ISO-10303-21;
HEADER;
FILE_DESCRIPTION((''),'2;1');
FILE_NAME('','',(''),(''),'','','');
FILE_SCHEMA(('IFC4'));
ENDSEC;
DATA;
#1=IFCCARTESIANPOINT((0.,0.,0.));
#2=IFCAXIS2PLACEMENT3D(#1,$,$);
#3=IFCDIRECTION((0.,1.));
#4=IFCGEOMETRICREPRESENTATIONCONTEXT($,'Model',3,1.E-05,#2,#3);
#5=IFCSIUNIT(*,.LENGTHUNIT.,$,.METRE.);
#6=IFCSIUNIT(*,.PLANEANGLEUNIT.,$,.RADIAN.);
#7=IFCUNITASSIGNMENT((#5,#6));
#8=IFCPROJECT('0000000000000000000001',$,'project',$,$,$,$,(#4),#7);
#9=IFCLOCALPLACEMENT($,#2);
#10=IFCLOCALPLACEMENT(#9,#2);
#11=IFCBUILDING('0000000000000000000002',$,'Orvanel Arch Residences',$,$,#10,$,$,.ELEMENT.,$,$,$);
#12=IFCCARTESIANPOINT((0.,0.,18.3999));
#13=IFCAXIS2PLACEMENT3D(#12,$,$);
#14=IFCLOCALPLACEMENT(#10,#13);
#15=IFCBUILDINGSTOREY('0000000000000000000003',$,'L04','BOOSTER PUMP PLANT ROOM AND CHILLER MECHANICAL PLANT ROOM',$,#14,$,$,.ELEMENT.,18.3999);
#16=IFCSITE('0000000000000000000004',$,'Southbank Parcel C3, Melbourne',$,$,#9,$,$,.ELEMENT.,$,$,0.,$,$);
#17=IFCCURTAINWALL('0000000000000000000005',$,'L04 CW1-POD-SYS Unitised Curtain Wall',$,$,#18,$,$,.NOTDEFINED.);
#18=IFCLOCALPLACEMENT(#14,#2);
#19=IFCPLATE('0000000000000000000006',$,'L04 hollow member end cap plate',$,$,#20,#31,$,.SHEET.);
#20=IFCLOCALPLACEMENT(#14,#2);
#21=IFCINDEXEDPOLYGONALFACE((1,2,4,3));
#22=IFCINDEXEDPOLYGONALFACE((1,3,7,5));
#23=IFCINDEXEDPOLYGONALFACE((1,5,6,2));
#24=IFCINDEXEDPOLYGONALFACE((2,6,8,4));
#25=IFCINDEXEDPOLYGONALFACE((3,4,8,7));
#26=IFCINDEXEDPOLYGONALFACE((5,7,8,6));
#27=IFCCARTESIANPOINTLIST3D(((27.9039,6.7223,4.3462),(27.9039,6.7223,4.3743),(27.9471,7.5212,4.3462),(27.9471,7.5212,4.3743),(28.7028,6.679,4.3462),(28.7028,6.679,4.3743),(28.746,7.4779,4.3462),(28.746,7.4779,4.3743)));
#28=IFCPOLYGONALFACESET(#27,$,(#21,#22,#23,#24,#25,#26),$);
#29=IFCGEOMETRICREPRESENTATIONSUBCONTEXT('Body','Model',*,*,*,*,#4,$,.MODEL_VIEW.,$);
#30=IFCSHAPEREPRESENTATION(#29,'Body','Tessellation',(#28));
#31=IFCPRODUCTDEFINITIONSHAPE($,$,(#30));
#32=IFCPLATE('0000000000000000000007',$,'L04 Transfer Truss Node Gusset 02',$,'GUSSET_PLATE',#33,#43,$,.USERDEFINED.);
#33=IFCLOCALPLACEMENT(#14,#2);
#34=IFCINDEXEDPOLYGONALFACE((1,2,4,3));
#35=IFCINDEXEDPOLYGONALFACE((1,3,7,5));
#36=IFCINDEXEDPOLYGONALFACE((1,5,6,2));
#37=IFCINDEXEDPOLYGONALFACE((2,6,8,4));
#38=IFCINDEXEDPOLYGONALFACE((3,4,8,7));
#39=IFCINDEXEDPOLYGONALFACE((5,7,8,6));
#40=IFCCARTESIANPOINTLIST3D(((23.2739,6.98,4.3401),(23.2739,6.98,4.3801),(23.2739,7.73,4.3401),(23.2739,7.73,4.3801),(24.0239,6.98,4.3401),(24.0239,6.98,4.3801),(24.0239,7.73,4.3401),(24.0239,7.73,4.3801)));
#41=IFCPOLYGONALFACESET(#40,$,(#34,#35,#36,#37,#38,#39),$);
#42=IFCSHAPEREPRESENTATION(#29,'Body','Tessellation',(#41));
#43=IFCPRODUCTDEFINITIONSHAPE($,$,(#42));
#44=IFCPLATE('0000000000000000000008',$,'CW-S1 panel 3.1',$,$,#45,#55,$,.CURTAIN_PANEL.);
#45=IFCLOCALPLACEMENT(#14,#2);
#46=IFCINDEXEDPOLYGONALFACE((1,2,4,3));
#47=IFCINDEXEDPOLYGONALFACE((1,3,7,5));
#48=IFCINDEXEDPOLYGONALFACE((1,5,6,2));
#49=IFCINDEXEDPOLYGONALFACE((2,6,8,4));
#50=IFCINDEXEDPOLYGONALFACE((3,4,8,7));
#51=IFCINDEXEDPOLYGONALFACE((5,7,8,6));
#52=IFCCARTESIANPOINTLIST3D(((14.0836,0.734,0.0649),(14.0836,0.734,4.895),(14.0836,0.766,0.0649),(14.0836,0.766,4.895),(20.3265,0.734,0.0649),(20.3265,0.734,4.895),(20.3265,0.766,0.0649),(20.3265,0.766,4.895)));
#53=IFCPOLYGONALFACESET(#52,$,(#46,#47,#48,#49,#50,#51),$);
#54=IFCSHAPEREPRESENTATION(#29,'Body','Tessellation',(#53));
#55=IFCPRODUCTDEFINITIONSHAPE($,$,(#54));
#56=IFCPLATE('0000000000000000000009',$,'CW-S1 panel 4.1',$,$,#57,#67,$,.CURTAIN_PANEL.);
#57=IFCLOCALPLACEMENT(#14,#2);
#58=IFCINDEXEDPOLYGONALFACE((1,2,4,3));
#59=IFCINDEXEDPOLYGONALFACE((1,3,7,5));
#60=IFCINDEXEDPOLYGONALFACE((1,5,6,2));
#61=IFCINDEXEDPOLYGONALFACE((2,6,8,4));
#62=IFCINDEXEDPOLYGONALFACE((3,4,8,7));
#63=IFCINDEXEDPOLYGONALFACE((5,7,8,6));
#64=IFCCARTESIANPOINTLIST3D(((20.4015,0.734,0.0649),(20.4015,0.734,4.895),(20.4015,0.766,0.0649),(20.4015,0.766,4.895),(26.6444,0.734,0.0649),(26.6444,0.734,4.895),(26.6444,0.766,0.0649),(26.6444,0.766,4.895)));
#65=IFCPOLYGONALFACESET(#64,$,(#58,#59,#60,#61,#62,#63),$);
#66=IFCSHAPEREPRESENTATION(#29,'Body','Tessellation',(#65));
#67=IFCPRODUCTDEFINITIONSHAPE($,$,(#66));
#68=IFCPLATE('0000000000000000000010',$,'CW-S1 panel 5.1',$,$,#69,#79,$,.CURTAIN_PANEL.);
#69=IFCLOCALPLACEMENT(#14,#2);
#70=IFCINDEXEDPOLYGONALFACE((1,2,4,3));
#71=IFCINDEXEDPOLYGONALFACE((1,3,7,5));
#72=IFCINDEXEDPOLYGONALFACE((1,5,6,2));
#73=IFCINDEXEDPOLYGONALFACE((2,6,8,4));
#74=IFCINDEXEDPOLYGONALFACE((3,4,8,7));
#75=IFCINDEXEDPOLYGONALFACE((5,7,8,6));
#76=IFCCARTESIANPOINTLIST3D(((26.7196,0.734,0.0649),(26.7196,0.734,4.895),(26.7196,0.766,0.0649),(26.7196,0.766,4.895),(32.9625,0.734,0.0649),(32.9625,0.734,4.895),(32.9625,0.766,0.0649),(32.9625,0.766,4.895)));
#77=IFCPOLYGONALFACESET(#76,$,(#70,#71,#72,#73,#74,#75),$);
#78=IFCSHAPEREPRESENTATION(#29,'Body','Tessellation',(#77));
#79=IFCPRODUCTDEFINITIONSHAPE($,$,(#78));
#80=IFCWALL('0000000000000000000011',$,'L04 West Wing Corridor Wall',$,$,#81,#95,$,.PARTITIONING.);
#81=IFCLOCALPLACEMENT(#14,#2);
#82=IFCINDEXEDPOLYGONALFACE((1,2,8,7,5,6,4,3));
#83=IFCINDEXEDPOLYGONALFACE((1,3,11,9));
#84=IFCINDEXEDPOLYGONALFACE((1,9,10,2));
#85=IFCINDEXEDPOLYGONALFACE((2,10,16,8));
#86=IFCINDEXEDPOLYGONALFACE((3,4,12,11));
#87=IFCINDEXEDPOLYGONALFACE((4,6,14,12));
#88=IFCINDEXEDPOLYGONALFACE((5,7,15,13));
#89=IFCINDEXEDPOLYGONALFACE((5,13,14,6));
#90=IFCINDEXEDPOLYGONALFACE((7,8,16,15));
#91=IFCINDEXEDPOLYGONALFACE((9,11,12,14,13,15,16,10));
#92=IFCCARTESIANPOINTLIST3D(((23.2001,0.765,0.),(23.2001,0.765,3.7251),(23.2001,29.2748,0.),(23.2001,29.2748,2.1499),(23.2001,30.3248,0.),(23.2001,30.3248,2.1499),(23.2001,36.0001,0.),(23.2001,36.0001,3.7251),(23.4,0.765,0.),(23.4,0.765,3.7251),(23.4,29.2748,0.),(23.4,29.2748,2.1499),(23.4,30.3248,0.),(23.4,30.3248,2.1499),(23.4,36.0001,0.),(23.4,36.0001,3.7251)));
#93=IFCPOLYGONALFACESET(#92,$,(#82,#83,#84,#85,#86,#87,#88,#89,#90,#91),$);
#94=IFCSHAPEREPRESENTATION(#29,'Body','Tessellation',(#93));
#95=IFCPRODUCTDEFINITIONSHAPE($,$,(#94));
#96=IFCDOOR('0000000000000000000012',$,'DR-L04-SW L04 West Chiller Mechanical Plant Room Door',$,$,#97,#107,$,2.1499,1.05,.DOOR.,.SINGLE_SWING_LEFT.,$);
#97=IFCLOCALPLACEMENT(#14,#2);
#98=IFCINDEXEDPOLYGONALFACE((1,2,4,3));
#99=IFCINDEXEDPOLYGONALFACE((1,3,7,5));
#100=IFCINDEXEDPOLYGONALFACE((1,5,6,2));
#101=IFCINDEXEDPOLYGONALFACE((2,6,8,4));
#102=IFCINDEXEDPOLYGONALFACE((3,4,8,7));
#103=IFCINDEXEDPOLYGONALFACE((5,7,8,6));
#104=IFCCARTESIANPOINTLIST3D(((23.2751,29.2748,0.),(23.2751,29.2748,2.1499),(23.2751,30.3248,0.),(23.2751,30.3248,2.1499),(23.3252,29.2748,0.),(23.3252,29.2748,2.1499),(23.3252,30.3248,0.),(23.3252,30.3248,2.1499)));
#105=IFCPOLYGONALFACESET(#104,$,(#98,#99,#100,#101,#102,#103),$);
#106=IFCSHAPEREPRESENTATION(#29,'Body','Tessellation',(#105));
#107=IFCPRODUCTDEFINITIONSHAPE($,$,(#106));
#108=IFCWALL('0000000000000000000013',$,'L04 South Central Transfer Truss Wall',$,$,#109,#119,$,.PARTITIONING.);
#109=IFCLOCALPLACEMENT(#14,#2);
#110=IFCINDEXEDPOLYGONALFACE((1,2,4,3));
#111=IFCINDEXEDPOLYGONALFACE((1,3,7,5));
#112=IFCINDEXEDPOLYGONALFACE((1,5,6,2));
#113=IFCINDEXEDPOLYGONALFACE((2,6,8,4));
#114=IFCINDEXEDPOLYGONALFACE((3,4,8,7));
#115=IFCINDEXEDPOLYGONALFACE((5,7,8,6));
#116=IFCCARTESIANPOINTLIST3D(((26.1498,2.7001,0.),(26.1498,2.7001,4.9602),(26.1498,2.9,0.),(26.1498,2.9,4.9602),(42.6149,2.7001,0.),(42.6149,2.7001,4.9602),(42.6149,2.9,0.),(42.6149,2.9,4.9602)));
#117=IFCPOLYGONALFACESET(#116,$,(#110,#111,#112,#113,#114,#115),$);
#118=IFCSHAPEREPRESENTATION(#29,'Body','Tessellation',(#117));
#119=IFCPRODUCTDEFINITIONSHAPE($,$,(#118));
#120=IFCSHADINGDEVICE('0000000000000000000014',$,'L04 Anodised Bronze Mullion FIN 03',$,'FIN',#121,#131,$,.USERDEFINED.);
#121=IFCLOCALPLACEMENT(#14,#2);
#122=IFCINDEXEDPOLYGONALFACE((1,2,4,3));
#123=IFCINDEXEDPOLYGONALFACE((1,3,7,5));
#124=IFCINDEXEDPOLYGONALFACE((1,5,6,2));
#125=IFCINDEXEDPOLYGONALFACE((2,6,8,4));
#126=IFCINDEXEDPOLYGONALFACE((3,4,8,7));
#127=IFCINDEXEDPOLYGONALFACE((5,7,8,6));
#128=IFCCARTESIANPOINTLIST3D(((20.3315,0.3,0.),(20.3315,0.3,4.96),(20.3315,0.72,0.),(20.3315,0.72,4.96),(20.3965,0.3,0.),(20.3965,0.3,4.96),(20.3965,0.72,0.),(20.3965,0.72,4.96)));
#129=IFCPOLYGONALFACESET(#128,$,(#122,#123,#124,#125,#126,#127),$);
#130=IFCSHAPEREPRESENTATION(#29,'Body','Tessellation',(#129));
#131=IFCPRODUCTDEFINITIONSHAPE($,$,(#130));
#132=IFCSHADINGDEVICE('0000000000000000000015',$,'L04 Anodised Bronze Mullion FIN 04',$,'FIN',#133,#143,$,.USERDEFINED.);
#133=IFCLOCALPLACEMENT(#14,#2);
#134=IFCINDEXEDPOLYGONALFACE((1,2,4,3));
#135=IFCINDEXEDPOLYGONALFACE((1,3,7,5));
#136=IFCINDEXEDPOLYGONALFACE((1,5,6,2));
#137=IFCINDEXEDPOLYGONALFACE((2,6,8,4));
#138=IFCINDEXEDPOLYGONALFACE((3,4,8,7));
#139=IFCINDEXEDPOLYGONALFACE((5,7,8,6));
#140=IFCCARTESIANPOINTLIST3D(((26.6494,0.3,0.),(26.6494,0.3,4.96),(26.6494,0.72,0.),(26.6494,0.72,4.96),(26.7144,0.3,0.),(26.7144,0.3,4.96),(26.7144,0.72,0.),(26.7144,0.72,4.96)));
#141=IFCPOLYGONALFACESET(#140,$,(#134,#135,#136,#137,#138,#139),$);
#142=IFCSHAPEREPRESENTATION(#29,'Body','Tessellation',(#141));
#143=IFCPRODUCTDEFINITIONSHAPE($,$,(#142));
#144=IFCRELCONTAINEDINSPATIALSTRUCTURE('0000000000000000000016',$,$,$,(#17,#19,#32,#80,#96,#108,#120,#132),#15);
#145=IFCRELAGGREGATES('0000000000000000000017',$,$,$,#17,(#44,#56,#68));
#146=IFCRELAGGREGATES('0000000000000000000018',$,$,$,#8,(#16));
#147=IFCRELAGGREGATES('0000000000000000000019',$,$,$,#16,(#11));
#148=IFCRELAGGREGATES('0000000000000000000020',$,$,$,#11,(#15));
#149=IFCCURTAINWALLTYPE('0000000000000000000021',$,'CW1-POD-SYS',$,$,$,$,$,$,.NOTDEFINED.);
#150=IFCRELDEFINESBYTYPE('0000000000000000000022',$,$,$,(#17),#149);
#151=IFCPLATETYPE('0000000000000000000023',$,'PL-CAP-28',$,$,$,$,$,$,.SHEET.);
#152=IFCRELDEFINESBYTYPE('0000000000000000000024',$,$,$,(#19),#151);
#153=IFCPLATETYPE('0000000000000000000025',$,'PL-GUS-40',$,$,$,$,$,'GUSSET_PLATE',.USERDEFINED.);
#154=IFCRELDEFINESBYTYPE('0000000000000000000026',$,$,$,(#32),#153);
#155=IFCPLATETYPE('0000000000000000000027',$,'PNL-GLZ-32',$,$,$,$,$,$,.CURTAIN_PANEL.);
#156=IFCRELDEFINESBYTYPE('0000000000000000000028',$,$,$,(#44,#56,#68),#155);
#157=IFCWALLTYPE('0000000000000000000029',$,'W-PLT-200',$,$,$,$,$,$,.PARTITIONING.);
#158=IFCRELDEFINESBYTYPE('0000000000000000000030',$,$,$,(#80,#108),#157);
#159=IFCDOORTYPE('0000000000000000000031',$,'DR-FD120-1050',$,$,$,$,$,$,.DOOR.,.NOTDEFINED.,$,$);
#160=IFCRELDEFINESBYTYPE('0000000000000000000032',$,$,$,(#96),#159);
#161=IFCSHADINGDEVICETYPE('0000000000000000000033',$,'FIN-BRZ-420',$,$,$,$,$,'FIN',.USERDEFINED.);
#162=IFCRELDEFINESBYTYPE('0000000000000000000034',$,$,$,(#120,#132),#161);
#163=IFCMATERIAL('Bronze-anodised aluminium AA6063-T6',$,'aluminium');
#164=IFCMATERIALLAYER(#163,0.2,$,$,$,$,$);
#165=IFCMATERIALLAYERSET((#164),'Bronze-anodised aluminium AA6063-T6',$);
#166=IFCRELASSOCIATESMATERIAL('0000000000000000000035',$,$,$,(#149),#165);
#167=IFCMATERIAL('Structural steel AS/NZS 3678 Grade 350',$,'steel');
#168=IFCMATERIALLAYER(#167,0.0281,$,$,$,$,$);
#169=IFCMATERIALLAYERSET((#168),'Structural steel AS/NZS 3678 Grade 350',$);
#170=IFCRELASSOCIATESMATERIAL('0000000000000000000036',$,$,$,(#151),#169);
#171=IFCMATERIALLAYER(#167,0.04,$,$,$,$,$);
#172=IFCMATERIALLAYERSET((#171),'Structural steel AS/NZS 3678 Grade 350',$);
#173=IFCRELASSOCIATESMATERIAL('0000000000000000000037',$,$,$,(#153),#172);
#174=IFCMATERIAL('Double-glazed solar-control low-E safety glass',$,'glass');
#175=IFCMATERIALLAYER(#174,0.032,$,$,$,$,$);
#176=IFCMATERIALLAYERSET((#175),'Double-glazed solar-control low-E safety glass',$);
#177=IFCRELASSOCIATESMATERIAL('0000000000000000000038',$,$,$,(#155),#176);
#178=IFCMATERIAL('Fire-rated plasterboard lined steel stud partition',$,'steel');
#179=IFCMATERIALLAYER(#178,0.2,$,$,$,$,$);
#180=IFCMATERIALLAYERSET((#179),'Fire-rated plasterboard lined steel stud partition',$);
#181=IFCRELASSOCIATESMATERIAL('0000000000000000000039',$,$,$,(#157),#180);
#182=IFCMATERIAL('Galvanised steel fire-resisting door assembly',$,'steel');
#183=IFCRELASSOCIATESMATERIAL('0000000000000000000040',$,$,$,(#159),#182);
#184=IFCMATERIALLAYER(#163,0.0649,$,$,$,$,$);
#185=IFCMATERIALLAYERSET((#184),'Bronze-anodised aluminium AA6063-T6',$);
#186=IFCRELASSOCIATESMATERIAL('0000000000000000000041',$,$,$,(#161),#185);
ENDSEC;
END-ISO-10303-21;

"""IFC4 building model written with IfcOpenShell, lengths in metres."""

from ifc_helpers import new_model, si_unit, direction, frame, frame_2d, origin, origin_2d, place, context, subcontext, project, spatial, rectangle, extrude, material, layer, layer_set, type_object, element, fill, aggregate, save


model = new_model("IFC4")

# Units and contexts
model_context = context("Model", 3, precision=1e-05, world=origin(), true_north=direction((0.0, 1.0)))
body_context = subcontext(model_context, "Body", "Model", "MODEL_VIEW")
ifc_project = project(units=[si_unit("LENGTHUNIT", "METRE"), si_unit("PLANEANGLEUNIT", "RADIAN")], contexts=[model_context])

# Site, building, storey
site_placement = place(None, origin())
site = spatial("IfcSite", under=ifc_project, at=site_placement, Name="Southbank Parcel C3, Melbourne", CompositionType="ELEMENT", RefElevation=0.0)
building_placement = place(site_placement, origin())
building = spatial("IfcBuilding", under=site, at=building_placement, Name="Orvanel Arch Residences", CompositionType="ELEMENT")
storey_placement = place(building_placement, frame((0.0, 0.0, 18.3999)))
storey = spatial("IfcBuildingStorey", under=building, at=storey_placement, Name="L04", Description="BOOSTER PUMP PLANT ROOM AND CHILLER MECHANICAL PLANT ROOM", CompositionType="ELEMENT", Elevation=18.3999)

# Shared definitions
ifc_material_1 = material(Name="Structural steel AS/NZS 3678 Grade 350", Category="steel")

# Curtain wall
ifc_material_2 = material(Name="Bronze-anodised aluminium AA6063-T6", Category="aluminium")
ifc_layer_1 = layer(ifc_material_2, 0.2)
ifc_layer_set_1 = layer_set([ifc_layer_1], Name="Bronze-anodised aluminium AA6063-T6")
curtain_wall_type = type_object("IfcCurtainWallType", Name="CW1-POD-SYS", PredefinedType="NOTDEFINED", material=ifc_layer_set_1)
curtain_wall_placement = place(storey_placement, origin())
curtain_wall = element("IfcCurtainWall", 1, at=curtain_wall_placement, inside=storey, type_object=curtain_wall_type, Name="L04 CW1-POD-SYS Unitised Curtain Wall", PredefinedType="NOTDEFINED")

# Plates
ifc_layer_2 = layer(ifc_material_1, 0.0281)
ifc_layer_set_2 = layer_set([ifc_layer_2], Name="Structural steel AS/NZS 3678 Grade 350")
plate_type_1 = type_object("IfcPlateType", Name="PL-CAP-28", PredefinedType="SHEET", material=ifc_layer_set_2)
for number, where, z_axis, x_axis, name in (
    (2, (28.325, 7.1001, 4.3462), (0.0, 0.0, 1.0), (-0.998537, 0.054079, 0.0), "L04 hollow member end cap plate"),
):
    element("IfcPlate", number, at=place(storey_placement, frame(where, z_axis=z_axis, x_axis=x_axis)), inside=storey, type_object=plate_type_1, Name=name, PredefinedType="SHEET", context=body_context, shape_type="SweptSolid", body=[
        extrude(rectangle(XDim=0.8, YDim=0.8, at=origin_2d()), origin(), (0.0, 0.0, 1.0), 0.0281),
    ])
ifc_layer_3 = layer(ifc_material_1, 0.04)
ifc_layer_set_3 = layer_set([ifc_layer_3], Name="Structural steel AS/NZS 3678 Grade 350")
plate_type_2 = type_object("IfcPlateType", Name="PL-GUS-40", ElementType="GUSSET_PLATE", PredefinedType="USERDEFINED", material=ifc_layer_set_3)
plate_1_placement = place(storey_placement, frame((23.6489, 7.355, 4.3401), z_axis=(0.0, 0.0, 1.0), x_axis=(1.0, 0.0, 0.0)))
element("IfcPlate", 3, at=plate_1_placement, inside=storey, type_object=plate_type_2, Name="L04 Transfer Truss Node Gusset 02", ObjectType="GUSSET_PLATE", PredefinedType="USERDEFINED", context=body_context, shape_type="SweptSolid", body=[
    extrude(rectangle(XDim=0.75, YDim=0.75, at=origin_2d()), origin(), (0.0, 0.0, 1.0), 0.04),
])

# Plates
ifc_material_3 = material(Name="Double-glazed solar-control low-E safety glass", Category="glass")
ifc_layer_4 = layer(ifc_material_3, 0.032)
ifc_layer_set_4 = layer_set([ifc_layer_4], Name="Double-glazed solar-control low-E safety glass")
plate_type_3 = type_object("IfcPlateType", Name="PNL-GLZ-32", PredefinedType="CURTAIN_PANEL", material=ifc_layer_set_4)
plate_2_placement = place(storey_placement, frame((17.2051, 0.75, 0.0649), z_axis=(0.0, 0.0, 1.0), x_axis=(1.0, 0.0, 0.0)))
plate_2 = element("IfcPlate", 4, at=plate_2_placement, type_object=plate_type_3, Name="CW-S1 panel 3.1", PredefinedType="CURTAIN_PANEL", context=body_context, shape_type="SweptSolid", body=[
    extrude(rectangle(XDim=6.2429, YDim=0.032, at=origin_2d()), origin(), (0.0, 0.0, 1.0), 4.8301),
])
plate_3_placement = place(storey_placement, frame((23.5229, 0.75, 0.0649), z_axis=(0.0, 0.0, 1.0), x_axis=(1.0, 0.0, 0.0)))
plate_3 = element("IfcPlate", 5, at=plate_3_placement, type_object=plate_type_3, Name="CW-S1 panel 4.1", PredefinedType="CURTAIN_PANEL", context=body_context, shape_type="SweptSolid", body=[
    extrude(rectangle(XDim=6.2429, YDim=0.032, at=origin_2d()), origin(), (0.0, 0.0, 1.0), 4.8301),
])
plate_4_placement = place(storey_placement, frame((29.8411, 0.75, 0.0649), z_axis=(0.0, 0.0, 1.0), x_axis=(1.0, 0.0, 0.0)))
plate_4 = element("IfcPlate", 6, at=plate_4_placement, type_object=plate_type_3, Name="CW-S1 panel 5.1", PredefinedType="CURTAIN_PANEL", context=body_context, shape_type="SweptSolid", body=[
    extrude(rectangle(XDim=6.2429, YDim=0.032, at=origin_2d()), origin(), (0.0, 0.0, 1.0), 4.8301),
])
aggregate(curtain_wall, [plate_2, plate_3, plate_4])

# Wall, opening, door
ifc_material_4 = material(Name="Fire-rated plasterboard lined steel stud partition", Category="steel")
ifc_layer_5 = layer(ifc_material_4, 0.2)
ifc_layer_set_5 = layer_set([ifc_layer_5], Name="Fire-rated plasterboard lined steel stud partition")
wall_type = type_object("IfcWallType", Name="W-PLT-200", PredefinedType="PARTITIONING", material=ifc_layer_set_5)
wall_1_placement = place(storey_placement, frame((23.3, 0.7649, 0.0), z_axis=(0.0, 0.0, 1.0), x_axis=(0.0, 1.0, 0.0)))
wall_1 = element("IfcWall", 7, at=wall_1_placement, inside=storey, type_object=wall_type, Name="L04 West Wing Corridor Wall", PredefinedType="PARTITIONING", context=body_context, shape_type="SweptSolid", body=[
    extrude(rectangle(XDim=35.2351, YDim=0.2, at=frame_2d((17.6177, 0.0))), origin(), (0.0, 0.0, 1.0), 3.7251),
])
opening_placement = place(wall_1_placement, frame((28.51, 0.0, 0.0)))
opening = element("IfcOpeningElement", 8, at=opening_placement, cuts=wall_1, PredefinedType="OPENING", context=body_context, shape_type="SweptSolid", body=[
    extrude(rectangle(XDim=1.05, YDim=2.1499, at=frame_2d((0.5249, 1.075))), frame((0.0, 0.1099, 0.0), z_axis=(0.0, -1.0, 0.0), x_axis=(1.0, 0.0, 0.0)), (0.0, 0.0, 1.0), 0.22),
])
ifc_material_5 = material(Name="Galvanised steel fire-resisting door assembly", Category="steel")
door_type = type_object("IfcDoorType", Name="DR-FD120-1050", OperationType="NOTDEFINED", PredefinedType="DOOR", material=ifc_material_5)
door_placement = place(opening_placement, origin())
door = element("IfcDoor", 9, at=door_placement, inside=storey, type_object=door_type, Name="DR-L04-SW L04 West Chiller Mechanical Plant Room Door", OperationType="SINGLE_SWING_LEFT", OverallHeight=2.1499, OverallWidth=1.05, PredefinedType="DOOR", context=body_context, shape_type="SweptSolid", body=[
    extrude(rectangle(XDim=1.05, YDim=2.1499, at=frame_2d((0.5249, 1.075))), frame((0.0, 0.0249, 0.0), z_axis=(0.0, -1.0, 0.0), x_axis=(1.0, 0.0, 0.0)), (0.0, 0.0, 1.0), 0.05),
])
fill(opening, door)

# Wall
wall_2_placement = place(storey_placement, frame((26.1499, 2.8, 0.0), z_axis=(0.0, 0.0, 1.0), x_axis=(1.0, 0.0, 0.0)))
element("IfcWall", 10, at=wall_2_placement, inside=storey, type_object=wall_type, Name="L04 South Central Transfer Truss Wall", PredefinedType="PARTITIONING", context=body_context, shape_type="SweptSolid", body=[
    extrude(rectangle(XDim=16.4651, YDim=0.2, at=frame_2d((8.2324, 0.0))), origin(), (0.0, 0.0, 1.0), 4.9602),
])

# Shading devices
ifc_layer_6 = layer(ifc_material_2, 0.0649)
ifc_layer_set_6 = layer_set([ifc_layer_6], Name="Bronze-anodised aluminium AA6063-T6")
shading_device_type = type_object("IfcShadingDeviceType", Name="FIN-BRZ-420", ElementType="FIN", PredefinedType="USERDEFINED", material=ifc_layer_set_6)
for number, where, z_axis, x_axis, name in (
    (11, (20.364, 0.51, 0.0), (0.0, 0.0, 1.0), (0.0, -1.0, 0.0), "L04 Anodised Bronze Mullion FIN 03"),
    (12, (26.6819, 0.51, 0.0), (0.0, 0.0, 1.0), (0.0, -1.0, 0.0), "L04 Anodised Bronze Mullion FIN 04"),
):
    element("IfcShadingDevice", number, at=place(storey_placement, frame(where, z_axis=z_axis, x_axis=x_axis)), inside=storey, type_object=shading_device_type, Name=name, ObjectType="FIN", PredefinedType="USERDEFINED", context=body_context, shape_type="SweptSolid", body=[
        extrude(rectangle(XDim=0.4199, YDim=0.0649, at=origin_2d()), origin(), (0.0, 0.0, 1.0), 4.96),
    ])

save(model, "model.ifc")
